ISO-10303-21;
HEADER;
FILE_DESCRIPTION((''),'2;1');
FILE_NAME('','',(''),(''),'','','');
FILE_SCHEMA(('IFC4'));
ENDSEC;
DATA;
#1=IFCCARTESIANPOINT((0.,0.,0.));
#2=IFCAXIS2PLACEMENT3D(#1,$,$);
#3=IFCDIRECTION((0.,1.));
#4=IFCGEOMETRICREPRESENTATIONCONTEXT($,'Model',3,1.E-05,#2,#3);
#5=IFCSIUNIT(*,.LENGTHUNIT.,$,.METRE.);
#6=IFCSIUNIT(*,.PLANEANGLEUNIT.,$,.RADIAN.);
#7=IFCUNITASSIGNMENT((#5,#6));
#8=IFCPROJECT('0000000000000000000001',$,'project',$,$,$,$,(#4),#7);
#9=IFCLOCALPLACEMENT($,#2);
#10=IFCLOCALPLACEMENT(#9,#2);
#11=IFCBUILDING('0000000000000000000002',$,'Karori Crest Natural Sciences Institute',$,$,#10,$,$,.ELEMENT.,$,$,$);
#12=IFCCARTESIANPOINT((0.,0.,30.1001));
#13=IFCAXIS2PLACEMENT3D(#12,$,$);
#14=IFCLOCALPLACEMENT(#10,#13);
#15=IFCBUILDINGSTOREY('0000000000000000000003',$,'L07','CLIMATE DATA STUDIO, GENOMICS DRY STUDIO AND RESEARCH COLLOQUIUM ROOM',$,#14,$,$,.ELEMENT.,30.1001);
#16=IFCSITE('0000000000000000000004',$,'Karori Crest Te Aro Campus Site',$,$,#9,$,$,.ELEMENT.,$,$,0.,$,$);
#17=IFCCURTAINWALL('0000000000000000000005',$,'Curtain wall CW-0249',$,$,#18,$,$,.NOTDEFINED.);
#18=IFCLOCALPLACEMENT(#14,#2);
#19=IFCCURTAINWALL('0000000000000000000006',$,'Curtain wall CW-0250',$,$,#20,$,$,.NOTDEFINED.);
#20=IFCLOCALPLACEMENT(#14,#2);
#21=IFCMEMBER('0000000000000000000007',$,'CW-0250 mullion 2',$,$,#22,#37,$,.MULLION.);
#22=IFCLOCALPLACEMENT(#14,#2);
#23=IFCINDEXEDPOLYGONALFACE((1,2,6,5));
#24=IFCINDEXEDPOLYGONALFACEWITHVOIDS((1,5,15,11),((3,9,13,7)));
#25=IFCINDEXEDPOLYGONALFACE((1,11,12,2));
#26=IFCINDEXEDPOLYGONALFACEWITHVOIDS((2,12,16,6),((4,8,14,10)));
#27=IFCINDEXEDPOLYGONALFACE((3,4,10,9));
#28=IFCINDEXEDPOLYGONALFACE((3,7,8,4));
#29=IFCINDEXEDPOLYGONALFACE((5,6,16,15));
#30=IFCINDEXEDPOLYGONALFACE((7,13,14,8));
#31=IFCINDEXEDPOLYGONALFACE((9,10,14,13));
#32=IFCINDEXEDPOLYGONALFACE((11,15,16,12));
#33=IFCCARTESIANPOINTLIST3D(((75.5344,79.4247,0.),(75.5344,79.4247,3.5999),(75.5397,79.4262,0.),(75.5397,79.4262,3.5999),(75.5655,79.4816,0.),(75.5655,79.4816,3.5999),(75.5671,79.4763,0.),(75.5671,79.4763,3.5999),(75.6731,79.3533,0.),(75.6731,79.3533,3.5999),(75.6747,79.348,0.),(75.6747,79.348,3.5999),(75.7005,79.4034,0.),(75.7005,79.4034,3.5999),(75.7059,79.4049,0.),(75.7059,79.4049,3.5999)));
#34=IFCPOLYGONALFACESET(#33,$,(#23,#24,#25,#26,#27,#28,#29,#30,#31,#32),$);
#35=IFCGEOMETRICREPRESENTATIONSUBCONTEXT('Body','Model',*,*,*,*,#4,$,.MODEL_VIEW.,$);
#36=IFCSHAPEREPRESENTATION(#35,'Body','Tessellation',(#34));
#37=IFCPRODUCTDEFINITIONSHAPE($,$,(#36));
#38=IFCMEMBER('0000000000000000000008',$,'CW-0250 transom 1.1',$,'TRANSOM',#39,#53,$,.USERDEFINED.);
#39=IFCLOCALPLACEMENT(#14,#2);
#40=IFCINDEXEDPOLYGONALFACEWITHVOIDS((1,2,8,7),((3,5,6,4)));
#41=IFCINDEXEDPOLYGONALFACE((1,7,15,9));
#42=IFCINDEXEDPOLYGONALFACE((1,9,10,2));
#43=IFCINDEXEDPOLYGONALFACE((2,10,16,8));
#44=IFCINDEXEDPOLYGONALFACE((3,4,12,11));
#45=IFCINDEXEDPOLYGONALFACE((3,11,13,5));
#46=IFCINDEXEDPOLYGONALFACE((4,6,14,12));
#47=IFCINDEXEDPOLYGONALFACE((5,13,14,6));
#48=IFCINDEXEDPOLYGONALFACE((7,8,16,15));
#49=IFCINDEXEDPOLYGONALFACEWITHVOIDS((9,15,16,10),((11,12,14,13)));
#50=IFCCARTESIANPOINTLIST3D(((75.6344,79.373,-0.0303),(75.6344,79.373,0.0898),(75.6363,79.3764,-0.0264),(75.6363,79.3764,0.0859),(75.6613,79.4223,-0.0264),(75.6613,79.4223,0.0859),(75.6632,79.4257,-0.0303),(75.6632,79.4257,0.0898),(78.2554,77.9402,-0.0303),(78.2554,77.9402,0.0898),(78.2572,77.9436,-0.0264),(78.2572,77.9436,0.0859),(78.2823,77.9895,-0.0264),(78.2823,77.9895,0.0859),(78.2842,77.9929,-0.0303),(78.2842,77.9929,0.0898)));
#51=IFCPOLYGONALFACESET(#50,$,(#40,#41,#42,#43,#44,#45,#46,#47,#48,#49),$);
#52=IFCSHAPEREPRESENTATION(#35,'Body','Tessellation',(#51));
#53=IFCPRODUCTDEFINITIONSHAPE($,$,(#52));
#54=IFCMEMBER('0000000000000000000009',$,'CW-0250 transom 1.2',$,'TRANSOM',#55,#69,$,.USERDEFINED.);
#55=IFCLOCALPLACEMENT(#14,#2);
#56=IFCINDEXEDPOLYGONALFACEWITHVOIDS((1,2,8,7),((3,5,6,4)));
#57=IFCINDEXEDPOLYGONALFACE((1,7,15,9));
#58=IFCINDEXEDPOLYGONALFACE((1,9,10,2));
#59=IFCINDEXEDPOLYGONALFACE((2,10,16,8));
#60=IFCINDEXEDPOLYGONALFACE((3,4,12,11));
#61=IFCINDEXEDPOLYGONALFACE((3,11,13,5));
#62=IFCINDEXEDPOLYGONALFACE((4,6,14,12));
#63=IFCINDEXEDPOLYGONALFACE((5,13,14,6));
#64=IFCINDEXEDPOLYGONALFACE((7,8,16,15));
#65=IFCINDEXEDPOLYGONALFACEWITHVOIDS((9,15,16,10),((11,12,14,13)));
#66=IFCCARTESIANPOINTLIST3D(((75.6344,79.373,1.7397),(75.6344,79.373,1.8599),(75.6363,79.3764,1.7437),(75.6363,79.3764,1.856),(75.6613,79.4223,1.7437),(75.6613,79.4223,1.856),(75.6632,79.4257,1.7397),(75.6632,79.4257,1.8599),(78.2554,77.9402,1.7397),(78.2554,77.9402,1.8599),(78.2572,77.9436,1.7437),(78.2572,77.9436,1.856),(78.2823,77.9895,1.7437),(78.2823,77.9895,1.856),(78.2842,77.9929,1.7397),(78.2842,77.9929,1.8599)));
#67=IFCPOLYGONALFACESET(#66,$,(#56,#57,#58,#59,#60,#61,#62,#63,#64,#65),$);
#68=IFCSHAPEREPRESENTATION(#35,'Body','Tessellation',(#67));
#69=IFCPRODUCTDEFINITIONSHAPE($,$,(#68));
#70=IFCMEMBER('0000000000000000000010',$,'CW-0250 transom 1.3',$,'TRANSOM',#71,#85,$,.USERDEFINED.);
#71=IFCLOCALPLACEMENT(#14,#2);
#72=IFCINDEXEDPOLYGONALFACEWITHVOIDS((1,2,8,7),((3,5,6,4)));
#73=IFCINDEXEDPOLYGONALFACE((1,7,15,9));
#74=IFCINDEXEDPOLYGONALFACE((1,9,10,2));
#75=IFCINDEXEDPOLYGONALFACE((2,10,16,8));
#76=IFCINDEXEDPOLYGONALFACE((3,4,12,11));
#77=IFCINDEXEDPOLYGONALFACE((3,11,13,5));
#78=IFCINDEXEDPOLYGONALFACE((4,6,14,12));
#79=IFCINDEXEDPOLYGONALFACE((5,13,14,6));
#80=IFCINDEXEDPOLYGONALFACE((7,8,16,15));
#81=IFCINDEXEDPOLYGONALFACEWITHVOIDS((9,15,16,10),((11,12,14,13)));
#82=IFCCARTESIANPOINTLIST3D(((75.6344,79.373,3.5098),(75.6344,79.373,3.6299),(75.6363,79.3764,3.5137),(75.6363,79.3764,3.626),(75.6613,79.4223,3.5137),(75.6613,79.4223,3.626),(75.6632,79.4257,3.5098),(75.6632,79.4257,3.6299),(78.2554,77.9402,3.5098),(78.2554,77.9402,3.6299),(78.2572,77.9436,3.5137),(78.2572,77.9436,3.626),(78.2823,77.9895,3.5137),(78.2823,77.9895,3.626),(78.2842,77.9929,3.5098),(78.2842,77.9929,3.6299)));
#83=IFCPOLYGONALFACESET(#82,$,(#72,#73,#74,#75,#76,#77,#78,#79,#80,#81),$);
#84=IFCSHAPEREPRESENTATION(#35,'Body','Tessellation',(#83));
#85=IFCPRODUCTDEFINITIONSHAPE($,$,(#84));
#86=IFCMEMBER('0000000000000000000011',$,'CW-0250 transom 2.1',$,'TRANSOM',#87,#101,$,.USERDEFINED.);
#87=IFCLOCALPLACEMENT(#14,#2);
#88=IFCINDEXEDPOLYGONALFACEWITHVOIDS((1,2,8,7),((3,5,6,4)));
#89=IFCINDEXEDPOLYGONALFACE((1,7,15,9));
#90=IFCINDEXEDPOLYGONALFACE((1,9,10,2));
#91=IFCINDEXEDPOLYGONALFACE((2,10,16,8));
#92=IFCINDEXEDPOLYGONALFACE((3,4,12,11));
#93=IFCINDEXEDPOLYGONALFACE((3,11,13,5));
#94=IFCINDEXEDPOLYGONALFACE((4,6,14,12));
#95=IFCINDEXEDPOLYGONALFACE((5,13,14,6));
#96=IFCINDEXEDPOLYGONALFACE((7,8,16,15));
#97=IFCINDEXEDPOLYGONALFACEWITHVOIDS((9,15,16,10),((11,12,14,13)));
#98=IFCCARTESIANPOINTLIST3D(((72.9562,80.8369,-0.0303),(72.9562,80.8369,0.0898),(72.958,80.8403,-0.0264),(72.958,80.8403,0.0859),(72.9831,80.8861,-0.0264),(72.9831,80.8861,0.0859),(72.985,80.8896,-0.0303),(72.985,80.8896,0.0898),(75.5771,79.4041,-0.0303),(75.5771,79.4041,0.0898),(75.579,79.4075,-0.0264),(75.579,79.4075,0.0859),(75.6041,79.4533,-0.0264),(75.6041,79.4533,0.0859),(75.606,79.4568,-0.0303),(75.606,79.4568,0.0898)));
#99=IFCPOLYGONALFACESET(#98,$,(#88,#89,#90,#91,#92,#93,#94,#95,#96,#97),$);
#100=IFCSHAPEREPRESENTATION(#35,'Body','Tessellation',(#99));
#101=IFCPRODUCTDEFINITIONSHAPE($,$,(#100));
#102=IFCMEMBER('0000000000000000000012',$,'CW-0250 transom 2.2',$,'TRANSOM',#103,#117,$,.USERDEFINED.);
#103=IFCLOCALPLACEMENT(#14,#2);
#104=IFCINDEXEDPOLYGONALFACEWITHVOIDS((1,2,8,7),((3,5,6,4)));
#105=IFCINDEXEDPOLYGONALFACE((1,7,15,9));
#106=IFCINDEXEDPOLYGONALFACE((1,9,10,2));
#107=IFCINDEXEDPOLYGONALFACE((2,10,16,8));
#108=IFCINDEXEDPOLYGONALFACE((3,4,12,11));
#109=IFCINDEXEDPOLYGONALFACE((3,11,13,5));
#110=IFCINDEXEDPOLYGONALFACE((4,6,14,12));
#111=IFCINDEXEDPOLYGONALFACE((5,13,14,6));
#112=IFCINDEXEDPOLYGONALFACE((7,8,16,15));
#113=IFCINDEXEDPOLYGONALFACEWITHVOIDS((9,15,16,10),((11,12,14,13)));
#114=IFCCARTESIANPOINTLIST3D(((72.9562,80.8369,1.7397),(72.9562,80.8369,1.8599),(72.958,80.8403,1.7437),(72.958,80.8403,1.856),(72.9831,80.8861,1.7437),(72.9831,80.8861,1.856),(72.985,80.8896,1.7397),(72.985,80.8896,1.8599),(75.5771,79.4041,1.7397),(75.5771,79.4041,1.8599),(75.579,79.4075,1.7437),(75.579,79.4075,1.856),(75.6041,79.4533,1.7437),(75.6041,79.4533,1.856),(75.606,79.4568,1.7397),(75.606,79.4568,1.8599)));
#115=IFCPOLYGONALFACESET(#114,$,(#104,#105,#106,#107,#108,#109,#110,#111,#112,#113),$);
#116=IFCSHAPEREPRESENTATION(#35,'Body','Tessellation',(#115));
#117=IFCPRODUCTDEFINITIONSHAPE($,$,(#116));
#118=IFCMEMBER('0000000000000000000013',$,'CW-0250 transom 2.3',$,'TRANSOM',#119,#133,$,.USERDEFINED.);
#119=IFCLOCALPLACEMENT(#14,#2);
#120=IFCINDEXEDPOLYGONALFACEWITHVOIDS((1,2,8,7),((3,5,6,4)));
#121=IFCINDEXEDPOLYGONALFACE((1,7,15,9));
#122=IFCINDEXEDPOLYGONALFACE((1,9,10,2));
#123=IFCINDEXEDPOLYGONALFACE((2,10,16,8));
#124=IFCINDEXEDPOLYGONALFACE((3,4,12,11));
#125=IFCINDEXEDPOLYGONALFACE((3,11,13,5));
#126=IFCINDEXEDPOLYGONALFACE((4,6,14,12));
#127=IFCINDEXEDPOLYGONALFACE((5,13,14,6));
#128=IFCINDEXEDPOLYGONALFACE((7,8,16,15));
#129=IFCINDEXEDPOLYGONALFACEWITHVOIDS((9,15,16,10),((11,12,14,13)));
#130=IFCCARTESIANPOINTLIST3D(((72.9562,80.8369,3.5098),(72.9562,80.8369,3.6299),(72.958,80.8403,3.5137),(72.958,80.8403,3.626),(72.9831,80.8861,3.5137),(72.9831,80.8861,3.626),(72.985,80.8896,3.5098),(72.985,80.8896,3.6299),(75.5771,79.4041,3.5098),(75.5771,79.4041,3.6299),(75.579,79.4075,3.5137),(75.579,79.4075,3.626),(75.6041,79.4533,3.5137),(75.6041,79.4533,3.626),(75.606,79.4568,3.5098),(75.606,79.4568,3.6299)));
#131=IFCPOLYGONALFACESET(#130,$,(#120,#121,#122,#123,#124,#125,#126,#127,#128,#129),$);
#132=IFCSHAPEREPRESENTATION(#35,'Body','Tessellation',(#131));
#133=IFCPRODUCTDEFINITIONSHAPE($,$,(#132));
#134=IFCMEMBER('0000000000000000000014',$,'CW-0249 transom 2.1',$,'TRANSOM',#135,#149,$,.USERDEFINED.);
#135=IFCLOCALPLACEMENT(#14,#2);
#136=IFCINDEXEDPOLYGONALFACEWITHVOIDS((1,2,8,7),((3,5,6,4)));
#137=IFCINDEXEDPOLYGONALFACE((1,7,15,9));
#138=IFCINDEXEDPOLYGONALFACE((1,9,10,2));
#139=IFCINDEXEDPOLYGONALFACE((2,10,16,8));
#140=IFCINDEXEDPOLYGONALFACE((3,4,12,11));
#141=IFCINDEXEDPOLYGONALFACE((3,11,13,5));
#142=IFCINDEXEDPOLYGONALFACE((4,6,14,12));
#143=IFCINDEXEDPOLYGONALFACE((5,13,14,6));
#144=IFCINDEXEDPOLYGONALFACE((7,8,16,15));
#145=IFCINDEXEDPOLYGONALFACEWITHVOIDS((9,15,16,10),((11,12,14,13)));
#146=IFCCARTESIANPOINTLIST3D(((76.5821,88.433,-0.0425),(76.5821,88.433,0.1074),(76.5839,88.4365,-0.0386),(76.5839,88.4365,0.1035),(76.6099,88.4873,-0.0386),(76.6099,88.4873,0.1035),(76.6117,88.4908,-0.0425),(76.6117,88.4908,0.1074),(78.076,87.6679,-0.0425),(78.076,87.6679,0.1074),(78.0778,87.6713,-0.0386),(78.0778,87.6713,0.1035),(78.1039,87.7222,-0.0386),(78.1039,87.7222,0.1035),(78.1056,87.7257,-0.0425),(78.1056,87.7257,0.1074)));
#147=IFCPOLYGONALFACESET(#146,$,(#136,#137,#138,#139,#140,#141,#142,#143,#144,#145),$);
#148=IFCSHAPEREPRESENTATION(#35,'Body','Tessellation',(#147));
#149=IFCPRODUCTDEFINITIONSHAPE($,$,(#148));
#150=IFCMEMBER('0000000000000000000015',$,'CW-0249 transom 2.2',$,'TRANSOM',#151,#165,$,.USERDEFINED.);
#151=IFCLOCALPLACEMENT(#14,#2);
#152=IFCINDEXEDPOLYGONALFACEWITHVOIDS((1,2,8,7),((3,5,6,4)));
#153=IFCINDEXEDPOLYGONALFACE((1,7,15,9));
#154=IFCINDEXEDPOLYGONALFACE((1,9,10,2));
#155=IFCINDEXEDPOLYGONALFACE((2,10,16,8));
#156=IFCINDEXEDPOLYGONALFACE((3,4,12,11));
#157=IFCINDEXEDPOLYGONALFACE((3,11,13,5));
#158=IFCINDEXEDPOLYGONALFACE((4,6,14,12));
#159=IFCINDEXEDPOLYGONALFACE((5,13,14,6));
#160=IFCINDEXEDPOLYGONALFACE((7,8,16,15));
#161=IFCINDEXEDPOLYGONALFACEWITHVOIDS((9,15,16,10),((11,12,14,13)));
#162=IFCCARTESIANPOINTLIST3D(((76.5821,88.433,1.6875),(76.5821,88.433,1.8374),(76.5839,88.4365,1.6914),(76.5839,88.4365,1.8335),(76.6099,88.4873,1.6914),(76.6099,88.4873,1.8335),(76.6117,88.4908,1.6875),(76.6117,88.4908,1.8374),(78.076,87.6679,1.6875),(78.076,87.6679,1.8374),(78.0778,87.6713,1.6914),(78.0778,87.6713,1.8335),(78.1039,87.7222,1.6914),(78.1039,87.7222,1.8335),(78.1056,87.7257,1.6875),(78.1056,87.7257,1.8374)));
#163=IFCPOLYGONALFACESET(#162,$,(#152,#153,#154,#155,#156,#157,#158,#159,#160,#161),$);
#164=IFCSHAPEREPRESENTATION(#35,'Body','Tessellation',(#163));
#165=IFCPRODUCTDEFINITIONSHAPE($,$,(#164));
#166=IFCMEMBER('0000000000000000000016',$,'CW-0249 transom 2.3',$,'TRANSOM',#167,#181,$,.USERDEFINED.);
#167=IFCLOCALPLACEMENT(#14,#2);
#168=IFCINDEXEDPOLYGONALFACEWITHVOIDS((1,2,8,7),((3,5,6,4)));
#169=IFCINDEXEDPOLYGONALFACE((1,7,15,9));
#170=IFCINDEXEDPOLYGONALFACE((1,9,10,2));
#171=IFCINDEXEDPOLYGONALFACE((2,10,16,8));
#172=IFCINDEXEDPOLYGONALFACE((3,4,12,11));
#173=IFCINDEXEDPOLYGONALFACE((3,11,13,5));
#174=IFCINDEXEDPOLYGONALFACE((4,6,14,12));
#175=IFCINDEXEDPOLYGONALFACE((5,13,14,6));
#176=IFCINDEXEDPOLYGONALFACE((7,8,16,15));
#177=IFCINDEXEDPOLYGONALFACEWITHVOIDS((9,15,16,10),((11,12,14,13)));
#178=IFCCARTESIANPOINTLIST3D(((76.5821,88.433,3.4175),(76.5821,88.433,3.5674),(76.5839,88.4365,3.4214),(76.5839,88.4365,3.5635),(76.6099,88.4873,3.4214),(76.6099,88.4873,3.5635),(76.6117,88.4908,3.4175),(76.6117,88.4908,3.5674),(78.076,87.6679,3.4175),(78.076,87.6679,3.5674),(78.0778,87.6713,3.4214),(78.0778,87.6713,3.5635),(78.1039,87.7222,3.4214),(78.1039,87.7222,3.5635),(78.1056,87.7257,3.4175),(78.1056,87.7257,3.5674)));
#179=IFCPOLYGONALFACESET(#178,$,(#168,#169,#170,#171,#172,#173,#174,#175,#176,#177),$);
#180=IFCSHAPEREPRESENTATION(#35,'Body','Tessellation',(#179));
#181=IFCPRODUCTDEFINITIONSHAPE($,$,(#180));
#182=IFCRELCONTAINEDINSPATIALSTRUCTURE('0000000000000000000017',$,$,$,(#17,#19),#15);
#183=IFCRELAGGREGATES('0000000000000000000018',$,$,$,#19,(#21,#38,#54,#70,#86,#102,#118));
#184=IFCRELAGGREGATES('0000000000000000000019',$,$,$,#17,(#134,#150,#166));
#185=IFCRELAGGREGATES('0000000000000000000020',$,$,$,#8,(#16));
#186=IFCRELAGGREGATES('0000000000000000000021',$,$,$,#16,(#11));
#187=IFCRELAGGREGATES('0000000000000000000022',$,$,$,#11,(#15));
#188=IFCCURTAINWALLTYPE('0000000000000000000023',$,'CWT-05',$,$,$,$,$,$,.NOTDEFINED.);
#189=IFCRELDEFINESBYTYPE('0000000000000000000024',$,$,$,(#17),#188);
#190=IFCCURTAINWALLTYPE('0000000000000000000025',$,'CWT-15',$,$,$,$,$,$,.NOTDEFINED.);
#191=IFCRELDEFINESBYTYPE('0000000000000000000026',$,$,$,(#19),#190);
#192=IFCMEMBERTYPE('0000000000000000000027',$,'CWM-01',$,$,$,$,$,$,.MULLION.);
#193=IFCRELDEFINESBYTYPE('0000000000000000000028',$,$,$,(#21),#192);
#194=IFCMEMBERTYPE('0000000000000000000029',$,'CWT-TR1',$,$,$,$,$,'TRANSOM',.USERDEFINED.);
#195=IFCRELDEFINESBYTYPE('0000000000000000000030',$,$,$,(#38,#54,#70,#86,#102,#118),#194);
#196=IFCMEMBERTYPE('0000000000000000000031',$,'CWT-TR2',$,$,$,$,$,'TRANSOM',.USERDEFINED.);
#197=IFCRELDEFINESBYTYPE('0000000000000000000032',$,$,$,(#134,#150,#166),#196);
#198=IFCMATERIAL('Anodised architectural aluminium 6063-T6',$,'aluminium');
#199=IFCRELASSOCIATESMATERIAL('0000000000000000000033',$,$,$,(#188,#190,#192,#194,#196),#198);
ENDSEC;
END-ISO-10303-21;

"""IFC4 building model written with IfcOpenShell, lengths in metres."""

from ifc_helpers import new_model, si_unit, direction, frame, origin, origin_2d, place, context, subcontext, project, spatial, hollow_rectangle, extrude, material, material_profile, profile_set, type_object, element, aggregate, save


model = new_model("IFC4")

# Units and contexts
model_context = context("Model", 3, precision=1e-05, world=origin(), true_north=direction((0.0, 1.0)))
body_context = subcontext(model_context, "Body", "Model", "MODEL_VIEW")
ifc_project = project(units=[si_unit("LENGTHUNIT", "METRE"), si_unit("PLANEANGLEUNIT", "RADIAN")], contexts=[model_context])

# Site, building, storey
site_placement = place(None, origin())
site = spatial("IfcSite", under=ifc_project, at=site_placement, Name="Karori Crest Te Aro Campus Site", CompositionType="ELEMENT", RefElevation=0.0)
building_placement = place(site_placement, origin())
building = spatial("IfcBuilding", under=site, at=building_placement, Name="Karori Crest Natural Sciences Institute", CompositionType="ELEMENT")
storey_placement = place(building_placement, frame((0.0, 0.0, 30.1001)))
storey = spatial("IfcBuildingStorey", under=building, at=storey_placement, Name="L07", Description="CLIMATE DATA STUDIO, GENOMICS DRY STUDIO AND RESEARCH COLLOQUIUM ROOM", CompositionType="ELEMENT", Elevation=30.1001)

# Curtain walls, members
ifc_material_1 = material(Name="Anodised architectural aluminium 6063-T6", Category="aluminium")
curtain_wall_type_1 = type_object("IfcCurtainWallType", Name="CWT-05", PredefinedType="NOTDEFINED", material=ifc_material_1)
curtain_wall_1_placement = place(storey_placement, origin())
curtain_wall_1 = element("IfcCurtainWall", 1, at=curtain_wall_1_placement, inside=storey, type_object=curtain_wall_type_1, Name="Curtain wall CW-0249", PredefinedType="NOTDEFINED")
ifc_material_profile_1 = material_profile(ifc_material_1, hollow_rectangle(XDim=0.0649, YDim=0.1599, WallThickness=0.0039, at=origin_2d()), Name="CWM160x65x4")
ifc_profile_set_1 = profile_set([ifc_material_profile_1], Name="Anodised architectural aluminium 6063-T6")
member_type_1 = type_object("IfcMemberType", Name="CWM-01", PredefinedType="MULLION", material=ifc_profile_set_1)
curtain_wall_type_2 = type_object("IfcCurtainWallType", Name="CWT-15", PredefinedType="NOTDEFINED", material=ifc_material_1)
curtain_wall_2_placement = place(storey_placement, origin())
curtain_wall_2 = element("IfcCurtainWall", 2, at=curtain_wall_2_placement, inside=storey, type_object=curtain_wall_type_2, Name="Curtain wall CW-0250", PredefinedType="NOTDEFINED")
member_1_placement = place(storey_placement, frame((75.6201, 79.4148, 0.0), z_axis=(0.0, 0.0, 1.0), x_axis=(-0.479631, -0.87747, 0.0)))
member_1 = element("IfcMember", 3, at=member_1_placement, type_object=member_type_1, Name="CW-0250 mullion 2", PredefinedType="MULLION", context=body_context, shape_type="SweptSolid", body=[
    extrude(hollow_rectangle(XDim=0.0649, YDim=0.1599, WallThickness=0.0039, at=origin_2d()), origin(), (0.0, 0.0, 1.0), 3.5999),
])
ifc_material_profile_2 = material_profile(ifc_material_1, hollow_rectangle(XDim=0.0601, YDim=0.1201, WallThickness=0.0039, at=origin_2d()), Name="CWT120x60x4")
ifc_profile_set_2 = profile_set([ifc_material_profile_2], Name="Anodised architectural aluminium 6063-T6")
member_type_2 = type_object("IfcMemberType", Name="CWT-TR1", ElementType="TRANSOM", PredefinedType="USERDEFINED", material=ifc_profile_set_2)
member_2_placement = place(storey_placement, frame((78.2698, 77.9666, 0.0298), z_axis=(-0.877449, 0.479671, 0.0), x_axis=(-0.479671, -0.877449, 0.0)))
member_2 = element("IfcMember", 4, at=member_2_placement, type_object=member_type_2, Name="CW-0250 transom 1.1", ObjectType="TRANSOM", PredefinedType="USERDEFINED", context=body_context, shape_type="SweptSolid", body=[
    extrude(hollow_rectangle(XDim=0.0601, YDim=0.1201, WallThickness=0.0039, at=origin_2d()), origin(), (0.0, 0.0, 1.0), 2.9871),
])
member_3_placement = place(storey_placement, frame((78.2698, 77.9666, 1.7998), z_axis=(-0.877449, 0.479671, 0.0), x_axis=(-0.479671, -0.877449, 0.0)))
member_3 = element("IfcMember", 5, at=member_3_placement, type_object=member_type_2, Name="CW-0250 transom 1.2", ObjectType="TRANSOM", PredefinedType="USERDEFINED", context=body_context, shape_type="SweptSolid", body=[
    extrude(hollow_rectangle(XDim=0.0601, YDim=0.1201, WallThickness=0.0039, at=origin_2d()), origin(), (0.0, 0.0, 1.0), 2.9871),
])
member_4_placement = place(storey_placement, frame((78.2698, 77.9666, 3.5698), z_axis=(-0.877449, 0.479671, 0.0), x_axis=(-0.479671, -0.877449, 0.0)))
member_4 = element("IfcMember", 6, at=member_4_placement, type_object=member_type_2, Name="CW-0250 transom 1.3", ObjectType="TRANSOM", PredefinedType="USERDEFINED", context=body_context, shape_type="SweptSolid", body=[
    extrude(hollow_rectangle(XDim=0.0601, YDim=0.1201, WallThickness=0.0039, at=origin_2d()), origin(), (0.0, 0.0, 1.0), 2.9871),
])
member_5_placement = place(storey_placement, frame((75.5916, 79.4304, 0.0298), z_axis=(-0.877449, 0.479671, 0.0), x_axis=(-0.479671, -0.877449, 0.0)))
member_5 = element("IfcMember", 7, at=member_5_placement, type_object=member_type_2, Name="CW-0250 transom 2.1", ObjectType="TRANSOM", PredefinedType="USERDEFINED", context=body_context, shape_type="SweptSolid", body=[
    extrude(hollow_rectangle(XDim=0.0601, YDim=0.1201, WallThickness=0.0039, at=origin_2d()), origin(), (0.0, 0.0, 1.0), 2.9871),
])
member_6_placement = place(storey_placement, frame((75.5916, 79.4304, 1.7998), z_axis=(-0.877449, 0.479671, 0.0), x_axis=(-0.479671, -0.877449, 0.0)))
member_6 = element("IfcMember", 8, at=member_6_placement, type_object=member_type_2, Name="CW-0250 transom 2.2", ObjectType="TRANSOM", PredefinedType="USERDEFINED", context=body_context, shape_type="SweptSolid", body=[
    extrude(hollow_rectangle(XDim=0.0601, YDim=0.1201, WallThickness=0.0039, at=origin_2d()), origin(), (0.0, 0.0, 1.0), 2.9871),
])
member_7_placement = place(storey_placement, frame((75.5916, 79.4304, 3.5698), z_axis=(-0.877449, 0.479671, 0.0), x_axis=(-0.479671, -0.877449, 0.0)))
member_7 = element("IfcMember", 9, at=member_7_placement, type_object=member_type_2, Name="CW-0250 transom 2.3", ObjectType="TRANSOM", PredefinedType="USERDEFINED", context=body_context, shape_type="SweptSolid", body=[
    extrude(hollow_rectangle(XDim=0.0601, YDim=0.1201, WallThickness=0.0039, at=origin_2d()), origin(), (0.0, 0.0, 1.0), 2.9871),
])

# Members
ifc_material_profile_3 = material_profile(ifc_material_1, hollow_rectangle(XDim=0.0649, YDim=0.1499, WallThickness=0.0039, at=origin_2d()), Name="CWT150x65x4")
ifc_profile_set_3 = profile_set([ifc_material_profile_3], Name="Anodised architectural aluminium 6063-T6")
member_type_3 = type_object("IfcMemberType", Name="CWT-TR2", ElementType="TRANSOM", PredefinedType="USERDEFINED", material=ifc_profile_set_3)
member_8_placement = place(storey_placement, frame((76.5969, 88.4619, 0.0325), z_axis=(0.890051, -0.455862, 0.0), x_axis=(0.455862, 0.890051, 0.0)))
member_8 = element("IfcMember", 10, at=member_8_placement, type_object=member_type_3, Name="CW-0249 transom 2.1", ObjectType="TRANSOM", PredefinedType="USERDEFINED", context=body_context, shape_type="SweptSolid", body=[
    extrude(hollow_rectangle(XDim=0.0649, YDim=0.1499, WallThickness=0.0039, at=origin_2d()), origin(), (0.0, 0.0, 1.0), 1.6785),
])
member_9_placement = place(storey_placement, frame((76.5969, 88.4619, 1.7625), z_axis=(0.890051, -0.455862, 0.0), x_axis=(0.455862, 0.890051, 0.0)))
member_9 = element("IfcMember", 11, at=member_9_placement, type_object=member_type_3, Name="CW-0249 transom 2.2", ObjectType="TRANSOM", PredefinedType="USERDEFINED", context=body_context, shape_type="SweptSolid", body=[
    extrude(hollow_rectangle(XDim=0.0649, YDim=0.1499, WallThickness=0.0039, at=origin_2d()), origin(), (0.0, 0.0, 1.0), 1.6785),
])
member_10_placement = place(storey_placement, frame((76.5969, 88.4619, 3.4924), z_axis=(0.890051, -0.455862, 0.0), x_axis=(0.455862, 0.890051, 0.0)))
member_10 = element("IfcMember", 12, at=member_10_placement, type_object=member_type_3, Name="CW-0249 transom 2.3", ObjectType="TRANSOM", PredefinedType="USERDEFINED", context=body_context, shape_type="SweptSolid", body=[
    extrude(hollow_rectangle(XDim=0.0649, YDim=0.1499, WallThickness=0.0039, at=origin_2d()), origin(), (0.0, 0.0, 1.0), 1.6785),
])

aggregate(curtain_wall_2, [member_1, member_2, member_3, member_4, member_5, member_6, member_7])
aggregate(curtain_wall_1, [member_8, member_9, member_10])

save(model, "model.ifc")
